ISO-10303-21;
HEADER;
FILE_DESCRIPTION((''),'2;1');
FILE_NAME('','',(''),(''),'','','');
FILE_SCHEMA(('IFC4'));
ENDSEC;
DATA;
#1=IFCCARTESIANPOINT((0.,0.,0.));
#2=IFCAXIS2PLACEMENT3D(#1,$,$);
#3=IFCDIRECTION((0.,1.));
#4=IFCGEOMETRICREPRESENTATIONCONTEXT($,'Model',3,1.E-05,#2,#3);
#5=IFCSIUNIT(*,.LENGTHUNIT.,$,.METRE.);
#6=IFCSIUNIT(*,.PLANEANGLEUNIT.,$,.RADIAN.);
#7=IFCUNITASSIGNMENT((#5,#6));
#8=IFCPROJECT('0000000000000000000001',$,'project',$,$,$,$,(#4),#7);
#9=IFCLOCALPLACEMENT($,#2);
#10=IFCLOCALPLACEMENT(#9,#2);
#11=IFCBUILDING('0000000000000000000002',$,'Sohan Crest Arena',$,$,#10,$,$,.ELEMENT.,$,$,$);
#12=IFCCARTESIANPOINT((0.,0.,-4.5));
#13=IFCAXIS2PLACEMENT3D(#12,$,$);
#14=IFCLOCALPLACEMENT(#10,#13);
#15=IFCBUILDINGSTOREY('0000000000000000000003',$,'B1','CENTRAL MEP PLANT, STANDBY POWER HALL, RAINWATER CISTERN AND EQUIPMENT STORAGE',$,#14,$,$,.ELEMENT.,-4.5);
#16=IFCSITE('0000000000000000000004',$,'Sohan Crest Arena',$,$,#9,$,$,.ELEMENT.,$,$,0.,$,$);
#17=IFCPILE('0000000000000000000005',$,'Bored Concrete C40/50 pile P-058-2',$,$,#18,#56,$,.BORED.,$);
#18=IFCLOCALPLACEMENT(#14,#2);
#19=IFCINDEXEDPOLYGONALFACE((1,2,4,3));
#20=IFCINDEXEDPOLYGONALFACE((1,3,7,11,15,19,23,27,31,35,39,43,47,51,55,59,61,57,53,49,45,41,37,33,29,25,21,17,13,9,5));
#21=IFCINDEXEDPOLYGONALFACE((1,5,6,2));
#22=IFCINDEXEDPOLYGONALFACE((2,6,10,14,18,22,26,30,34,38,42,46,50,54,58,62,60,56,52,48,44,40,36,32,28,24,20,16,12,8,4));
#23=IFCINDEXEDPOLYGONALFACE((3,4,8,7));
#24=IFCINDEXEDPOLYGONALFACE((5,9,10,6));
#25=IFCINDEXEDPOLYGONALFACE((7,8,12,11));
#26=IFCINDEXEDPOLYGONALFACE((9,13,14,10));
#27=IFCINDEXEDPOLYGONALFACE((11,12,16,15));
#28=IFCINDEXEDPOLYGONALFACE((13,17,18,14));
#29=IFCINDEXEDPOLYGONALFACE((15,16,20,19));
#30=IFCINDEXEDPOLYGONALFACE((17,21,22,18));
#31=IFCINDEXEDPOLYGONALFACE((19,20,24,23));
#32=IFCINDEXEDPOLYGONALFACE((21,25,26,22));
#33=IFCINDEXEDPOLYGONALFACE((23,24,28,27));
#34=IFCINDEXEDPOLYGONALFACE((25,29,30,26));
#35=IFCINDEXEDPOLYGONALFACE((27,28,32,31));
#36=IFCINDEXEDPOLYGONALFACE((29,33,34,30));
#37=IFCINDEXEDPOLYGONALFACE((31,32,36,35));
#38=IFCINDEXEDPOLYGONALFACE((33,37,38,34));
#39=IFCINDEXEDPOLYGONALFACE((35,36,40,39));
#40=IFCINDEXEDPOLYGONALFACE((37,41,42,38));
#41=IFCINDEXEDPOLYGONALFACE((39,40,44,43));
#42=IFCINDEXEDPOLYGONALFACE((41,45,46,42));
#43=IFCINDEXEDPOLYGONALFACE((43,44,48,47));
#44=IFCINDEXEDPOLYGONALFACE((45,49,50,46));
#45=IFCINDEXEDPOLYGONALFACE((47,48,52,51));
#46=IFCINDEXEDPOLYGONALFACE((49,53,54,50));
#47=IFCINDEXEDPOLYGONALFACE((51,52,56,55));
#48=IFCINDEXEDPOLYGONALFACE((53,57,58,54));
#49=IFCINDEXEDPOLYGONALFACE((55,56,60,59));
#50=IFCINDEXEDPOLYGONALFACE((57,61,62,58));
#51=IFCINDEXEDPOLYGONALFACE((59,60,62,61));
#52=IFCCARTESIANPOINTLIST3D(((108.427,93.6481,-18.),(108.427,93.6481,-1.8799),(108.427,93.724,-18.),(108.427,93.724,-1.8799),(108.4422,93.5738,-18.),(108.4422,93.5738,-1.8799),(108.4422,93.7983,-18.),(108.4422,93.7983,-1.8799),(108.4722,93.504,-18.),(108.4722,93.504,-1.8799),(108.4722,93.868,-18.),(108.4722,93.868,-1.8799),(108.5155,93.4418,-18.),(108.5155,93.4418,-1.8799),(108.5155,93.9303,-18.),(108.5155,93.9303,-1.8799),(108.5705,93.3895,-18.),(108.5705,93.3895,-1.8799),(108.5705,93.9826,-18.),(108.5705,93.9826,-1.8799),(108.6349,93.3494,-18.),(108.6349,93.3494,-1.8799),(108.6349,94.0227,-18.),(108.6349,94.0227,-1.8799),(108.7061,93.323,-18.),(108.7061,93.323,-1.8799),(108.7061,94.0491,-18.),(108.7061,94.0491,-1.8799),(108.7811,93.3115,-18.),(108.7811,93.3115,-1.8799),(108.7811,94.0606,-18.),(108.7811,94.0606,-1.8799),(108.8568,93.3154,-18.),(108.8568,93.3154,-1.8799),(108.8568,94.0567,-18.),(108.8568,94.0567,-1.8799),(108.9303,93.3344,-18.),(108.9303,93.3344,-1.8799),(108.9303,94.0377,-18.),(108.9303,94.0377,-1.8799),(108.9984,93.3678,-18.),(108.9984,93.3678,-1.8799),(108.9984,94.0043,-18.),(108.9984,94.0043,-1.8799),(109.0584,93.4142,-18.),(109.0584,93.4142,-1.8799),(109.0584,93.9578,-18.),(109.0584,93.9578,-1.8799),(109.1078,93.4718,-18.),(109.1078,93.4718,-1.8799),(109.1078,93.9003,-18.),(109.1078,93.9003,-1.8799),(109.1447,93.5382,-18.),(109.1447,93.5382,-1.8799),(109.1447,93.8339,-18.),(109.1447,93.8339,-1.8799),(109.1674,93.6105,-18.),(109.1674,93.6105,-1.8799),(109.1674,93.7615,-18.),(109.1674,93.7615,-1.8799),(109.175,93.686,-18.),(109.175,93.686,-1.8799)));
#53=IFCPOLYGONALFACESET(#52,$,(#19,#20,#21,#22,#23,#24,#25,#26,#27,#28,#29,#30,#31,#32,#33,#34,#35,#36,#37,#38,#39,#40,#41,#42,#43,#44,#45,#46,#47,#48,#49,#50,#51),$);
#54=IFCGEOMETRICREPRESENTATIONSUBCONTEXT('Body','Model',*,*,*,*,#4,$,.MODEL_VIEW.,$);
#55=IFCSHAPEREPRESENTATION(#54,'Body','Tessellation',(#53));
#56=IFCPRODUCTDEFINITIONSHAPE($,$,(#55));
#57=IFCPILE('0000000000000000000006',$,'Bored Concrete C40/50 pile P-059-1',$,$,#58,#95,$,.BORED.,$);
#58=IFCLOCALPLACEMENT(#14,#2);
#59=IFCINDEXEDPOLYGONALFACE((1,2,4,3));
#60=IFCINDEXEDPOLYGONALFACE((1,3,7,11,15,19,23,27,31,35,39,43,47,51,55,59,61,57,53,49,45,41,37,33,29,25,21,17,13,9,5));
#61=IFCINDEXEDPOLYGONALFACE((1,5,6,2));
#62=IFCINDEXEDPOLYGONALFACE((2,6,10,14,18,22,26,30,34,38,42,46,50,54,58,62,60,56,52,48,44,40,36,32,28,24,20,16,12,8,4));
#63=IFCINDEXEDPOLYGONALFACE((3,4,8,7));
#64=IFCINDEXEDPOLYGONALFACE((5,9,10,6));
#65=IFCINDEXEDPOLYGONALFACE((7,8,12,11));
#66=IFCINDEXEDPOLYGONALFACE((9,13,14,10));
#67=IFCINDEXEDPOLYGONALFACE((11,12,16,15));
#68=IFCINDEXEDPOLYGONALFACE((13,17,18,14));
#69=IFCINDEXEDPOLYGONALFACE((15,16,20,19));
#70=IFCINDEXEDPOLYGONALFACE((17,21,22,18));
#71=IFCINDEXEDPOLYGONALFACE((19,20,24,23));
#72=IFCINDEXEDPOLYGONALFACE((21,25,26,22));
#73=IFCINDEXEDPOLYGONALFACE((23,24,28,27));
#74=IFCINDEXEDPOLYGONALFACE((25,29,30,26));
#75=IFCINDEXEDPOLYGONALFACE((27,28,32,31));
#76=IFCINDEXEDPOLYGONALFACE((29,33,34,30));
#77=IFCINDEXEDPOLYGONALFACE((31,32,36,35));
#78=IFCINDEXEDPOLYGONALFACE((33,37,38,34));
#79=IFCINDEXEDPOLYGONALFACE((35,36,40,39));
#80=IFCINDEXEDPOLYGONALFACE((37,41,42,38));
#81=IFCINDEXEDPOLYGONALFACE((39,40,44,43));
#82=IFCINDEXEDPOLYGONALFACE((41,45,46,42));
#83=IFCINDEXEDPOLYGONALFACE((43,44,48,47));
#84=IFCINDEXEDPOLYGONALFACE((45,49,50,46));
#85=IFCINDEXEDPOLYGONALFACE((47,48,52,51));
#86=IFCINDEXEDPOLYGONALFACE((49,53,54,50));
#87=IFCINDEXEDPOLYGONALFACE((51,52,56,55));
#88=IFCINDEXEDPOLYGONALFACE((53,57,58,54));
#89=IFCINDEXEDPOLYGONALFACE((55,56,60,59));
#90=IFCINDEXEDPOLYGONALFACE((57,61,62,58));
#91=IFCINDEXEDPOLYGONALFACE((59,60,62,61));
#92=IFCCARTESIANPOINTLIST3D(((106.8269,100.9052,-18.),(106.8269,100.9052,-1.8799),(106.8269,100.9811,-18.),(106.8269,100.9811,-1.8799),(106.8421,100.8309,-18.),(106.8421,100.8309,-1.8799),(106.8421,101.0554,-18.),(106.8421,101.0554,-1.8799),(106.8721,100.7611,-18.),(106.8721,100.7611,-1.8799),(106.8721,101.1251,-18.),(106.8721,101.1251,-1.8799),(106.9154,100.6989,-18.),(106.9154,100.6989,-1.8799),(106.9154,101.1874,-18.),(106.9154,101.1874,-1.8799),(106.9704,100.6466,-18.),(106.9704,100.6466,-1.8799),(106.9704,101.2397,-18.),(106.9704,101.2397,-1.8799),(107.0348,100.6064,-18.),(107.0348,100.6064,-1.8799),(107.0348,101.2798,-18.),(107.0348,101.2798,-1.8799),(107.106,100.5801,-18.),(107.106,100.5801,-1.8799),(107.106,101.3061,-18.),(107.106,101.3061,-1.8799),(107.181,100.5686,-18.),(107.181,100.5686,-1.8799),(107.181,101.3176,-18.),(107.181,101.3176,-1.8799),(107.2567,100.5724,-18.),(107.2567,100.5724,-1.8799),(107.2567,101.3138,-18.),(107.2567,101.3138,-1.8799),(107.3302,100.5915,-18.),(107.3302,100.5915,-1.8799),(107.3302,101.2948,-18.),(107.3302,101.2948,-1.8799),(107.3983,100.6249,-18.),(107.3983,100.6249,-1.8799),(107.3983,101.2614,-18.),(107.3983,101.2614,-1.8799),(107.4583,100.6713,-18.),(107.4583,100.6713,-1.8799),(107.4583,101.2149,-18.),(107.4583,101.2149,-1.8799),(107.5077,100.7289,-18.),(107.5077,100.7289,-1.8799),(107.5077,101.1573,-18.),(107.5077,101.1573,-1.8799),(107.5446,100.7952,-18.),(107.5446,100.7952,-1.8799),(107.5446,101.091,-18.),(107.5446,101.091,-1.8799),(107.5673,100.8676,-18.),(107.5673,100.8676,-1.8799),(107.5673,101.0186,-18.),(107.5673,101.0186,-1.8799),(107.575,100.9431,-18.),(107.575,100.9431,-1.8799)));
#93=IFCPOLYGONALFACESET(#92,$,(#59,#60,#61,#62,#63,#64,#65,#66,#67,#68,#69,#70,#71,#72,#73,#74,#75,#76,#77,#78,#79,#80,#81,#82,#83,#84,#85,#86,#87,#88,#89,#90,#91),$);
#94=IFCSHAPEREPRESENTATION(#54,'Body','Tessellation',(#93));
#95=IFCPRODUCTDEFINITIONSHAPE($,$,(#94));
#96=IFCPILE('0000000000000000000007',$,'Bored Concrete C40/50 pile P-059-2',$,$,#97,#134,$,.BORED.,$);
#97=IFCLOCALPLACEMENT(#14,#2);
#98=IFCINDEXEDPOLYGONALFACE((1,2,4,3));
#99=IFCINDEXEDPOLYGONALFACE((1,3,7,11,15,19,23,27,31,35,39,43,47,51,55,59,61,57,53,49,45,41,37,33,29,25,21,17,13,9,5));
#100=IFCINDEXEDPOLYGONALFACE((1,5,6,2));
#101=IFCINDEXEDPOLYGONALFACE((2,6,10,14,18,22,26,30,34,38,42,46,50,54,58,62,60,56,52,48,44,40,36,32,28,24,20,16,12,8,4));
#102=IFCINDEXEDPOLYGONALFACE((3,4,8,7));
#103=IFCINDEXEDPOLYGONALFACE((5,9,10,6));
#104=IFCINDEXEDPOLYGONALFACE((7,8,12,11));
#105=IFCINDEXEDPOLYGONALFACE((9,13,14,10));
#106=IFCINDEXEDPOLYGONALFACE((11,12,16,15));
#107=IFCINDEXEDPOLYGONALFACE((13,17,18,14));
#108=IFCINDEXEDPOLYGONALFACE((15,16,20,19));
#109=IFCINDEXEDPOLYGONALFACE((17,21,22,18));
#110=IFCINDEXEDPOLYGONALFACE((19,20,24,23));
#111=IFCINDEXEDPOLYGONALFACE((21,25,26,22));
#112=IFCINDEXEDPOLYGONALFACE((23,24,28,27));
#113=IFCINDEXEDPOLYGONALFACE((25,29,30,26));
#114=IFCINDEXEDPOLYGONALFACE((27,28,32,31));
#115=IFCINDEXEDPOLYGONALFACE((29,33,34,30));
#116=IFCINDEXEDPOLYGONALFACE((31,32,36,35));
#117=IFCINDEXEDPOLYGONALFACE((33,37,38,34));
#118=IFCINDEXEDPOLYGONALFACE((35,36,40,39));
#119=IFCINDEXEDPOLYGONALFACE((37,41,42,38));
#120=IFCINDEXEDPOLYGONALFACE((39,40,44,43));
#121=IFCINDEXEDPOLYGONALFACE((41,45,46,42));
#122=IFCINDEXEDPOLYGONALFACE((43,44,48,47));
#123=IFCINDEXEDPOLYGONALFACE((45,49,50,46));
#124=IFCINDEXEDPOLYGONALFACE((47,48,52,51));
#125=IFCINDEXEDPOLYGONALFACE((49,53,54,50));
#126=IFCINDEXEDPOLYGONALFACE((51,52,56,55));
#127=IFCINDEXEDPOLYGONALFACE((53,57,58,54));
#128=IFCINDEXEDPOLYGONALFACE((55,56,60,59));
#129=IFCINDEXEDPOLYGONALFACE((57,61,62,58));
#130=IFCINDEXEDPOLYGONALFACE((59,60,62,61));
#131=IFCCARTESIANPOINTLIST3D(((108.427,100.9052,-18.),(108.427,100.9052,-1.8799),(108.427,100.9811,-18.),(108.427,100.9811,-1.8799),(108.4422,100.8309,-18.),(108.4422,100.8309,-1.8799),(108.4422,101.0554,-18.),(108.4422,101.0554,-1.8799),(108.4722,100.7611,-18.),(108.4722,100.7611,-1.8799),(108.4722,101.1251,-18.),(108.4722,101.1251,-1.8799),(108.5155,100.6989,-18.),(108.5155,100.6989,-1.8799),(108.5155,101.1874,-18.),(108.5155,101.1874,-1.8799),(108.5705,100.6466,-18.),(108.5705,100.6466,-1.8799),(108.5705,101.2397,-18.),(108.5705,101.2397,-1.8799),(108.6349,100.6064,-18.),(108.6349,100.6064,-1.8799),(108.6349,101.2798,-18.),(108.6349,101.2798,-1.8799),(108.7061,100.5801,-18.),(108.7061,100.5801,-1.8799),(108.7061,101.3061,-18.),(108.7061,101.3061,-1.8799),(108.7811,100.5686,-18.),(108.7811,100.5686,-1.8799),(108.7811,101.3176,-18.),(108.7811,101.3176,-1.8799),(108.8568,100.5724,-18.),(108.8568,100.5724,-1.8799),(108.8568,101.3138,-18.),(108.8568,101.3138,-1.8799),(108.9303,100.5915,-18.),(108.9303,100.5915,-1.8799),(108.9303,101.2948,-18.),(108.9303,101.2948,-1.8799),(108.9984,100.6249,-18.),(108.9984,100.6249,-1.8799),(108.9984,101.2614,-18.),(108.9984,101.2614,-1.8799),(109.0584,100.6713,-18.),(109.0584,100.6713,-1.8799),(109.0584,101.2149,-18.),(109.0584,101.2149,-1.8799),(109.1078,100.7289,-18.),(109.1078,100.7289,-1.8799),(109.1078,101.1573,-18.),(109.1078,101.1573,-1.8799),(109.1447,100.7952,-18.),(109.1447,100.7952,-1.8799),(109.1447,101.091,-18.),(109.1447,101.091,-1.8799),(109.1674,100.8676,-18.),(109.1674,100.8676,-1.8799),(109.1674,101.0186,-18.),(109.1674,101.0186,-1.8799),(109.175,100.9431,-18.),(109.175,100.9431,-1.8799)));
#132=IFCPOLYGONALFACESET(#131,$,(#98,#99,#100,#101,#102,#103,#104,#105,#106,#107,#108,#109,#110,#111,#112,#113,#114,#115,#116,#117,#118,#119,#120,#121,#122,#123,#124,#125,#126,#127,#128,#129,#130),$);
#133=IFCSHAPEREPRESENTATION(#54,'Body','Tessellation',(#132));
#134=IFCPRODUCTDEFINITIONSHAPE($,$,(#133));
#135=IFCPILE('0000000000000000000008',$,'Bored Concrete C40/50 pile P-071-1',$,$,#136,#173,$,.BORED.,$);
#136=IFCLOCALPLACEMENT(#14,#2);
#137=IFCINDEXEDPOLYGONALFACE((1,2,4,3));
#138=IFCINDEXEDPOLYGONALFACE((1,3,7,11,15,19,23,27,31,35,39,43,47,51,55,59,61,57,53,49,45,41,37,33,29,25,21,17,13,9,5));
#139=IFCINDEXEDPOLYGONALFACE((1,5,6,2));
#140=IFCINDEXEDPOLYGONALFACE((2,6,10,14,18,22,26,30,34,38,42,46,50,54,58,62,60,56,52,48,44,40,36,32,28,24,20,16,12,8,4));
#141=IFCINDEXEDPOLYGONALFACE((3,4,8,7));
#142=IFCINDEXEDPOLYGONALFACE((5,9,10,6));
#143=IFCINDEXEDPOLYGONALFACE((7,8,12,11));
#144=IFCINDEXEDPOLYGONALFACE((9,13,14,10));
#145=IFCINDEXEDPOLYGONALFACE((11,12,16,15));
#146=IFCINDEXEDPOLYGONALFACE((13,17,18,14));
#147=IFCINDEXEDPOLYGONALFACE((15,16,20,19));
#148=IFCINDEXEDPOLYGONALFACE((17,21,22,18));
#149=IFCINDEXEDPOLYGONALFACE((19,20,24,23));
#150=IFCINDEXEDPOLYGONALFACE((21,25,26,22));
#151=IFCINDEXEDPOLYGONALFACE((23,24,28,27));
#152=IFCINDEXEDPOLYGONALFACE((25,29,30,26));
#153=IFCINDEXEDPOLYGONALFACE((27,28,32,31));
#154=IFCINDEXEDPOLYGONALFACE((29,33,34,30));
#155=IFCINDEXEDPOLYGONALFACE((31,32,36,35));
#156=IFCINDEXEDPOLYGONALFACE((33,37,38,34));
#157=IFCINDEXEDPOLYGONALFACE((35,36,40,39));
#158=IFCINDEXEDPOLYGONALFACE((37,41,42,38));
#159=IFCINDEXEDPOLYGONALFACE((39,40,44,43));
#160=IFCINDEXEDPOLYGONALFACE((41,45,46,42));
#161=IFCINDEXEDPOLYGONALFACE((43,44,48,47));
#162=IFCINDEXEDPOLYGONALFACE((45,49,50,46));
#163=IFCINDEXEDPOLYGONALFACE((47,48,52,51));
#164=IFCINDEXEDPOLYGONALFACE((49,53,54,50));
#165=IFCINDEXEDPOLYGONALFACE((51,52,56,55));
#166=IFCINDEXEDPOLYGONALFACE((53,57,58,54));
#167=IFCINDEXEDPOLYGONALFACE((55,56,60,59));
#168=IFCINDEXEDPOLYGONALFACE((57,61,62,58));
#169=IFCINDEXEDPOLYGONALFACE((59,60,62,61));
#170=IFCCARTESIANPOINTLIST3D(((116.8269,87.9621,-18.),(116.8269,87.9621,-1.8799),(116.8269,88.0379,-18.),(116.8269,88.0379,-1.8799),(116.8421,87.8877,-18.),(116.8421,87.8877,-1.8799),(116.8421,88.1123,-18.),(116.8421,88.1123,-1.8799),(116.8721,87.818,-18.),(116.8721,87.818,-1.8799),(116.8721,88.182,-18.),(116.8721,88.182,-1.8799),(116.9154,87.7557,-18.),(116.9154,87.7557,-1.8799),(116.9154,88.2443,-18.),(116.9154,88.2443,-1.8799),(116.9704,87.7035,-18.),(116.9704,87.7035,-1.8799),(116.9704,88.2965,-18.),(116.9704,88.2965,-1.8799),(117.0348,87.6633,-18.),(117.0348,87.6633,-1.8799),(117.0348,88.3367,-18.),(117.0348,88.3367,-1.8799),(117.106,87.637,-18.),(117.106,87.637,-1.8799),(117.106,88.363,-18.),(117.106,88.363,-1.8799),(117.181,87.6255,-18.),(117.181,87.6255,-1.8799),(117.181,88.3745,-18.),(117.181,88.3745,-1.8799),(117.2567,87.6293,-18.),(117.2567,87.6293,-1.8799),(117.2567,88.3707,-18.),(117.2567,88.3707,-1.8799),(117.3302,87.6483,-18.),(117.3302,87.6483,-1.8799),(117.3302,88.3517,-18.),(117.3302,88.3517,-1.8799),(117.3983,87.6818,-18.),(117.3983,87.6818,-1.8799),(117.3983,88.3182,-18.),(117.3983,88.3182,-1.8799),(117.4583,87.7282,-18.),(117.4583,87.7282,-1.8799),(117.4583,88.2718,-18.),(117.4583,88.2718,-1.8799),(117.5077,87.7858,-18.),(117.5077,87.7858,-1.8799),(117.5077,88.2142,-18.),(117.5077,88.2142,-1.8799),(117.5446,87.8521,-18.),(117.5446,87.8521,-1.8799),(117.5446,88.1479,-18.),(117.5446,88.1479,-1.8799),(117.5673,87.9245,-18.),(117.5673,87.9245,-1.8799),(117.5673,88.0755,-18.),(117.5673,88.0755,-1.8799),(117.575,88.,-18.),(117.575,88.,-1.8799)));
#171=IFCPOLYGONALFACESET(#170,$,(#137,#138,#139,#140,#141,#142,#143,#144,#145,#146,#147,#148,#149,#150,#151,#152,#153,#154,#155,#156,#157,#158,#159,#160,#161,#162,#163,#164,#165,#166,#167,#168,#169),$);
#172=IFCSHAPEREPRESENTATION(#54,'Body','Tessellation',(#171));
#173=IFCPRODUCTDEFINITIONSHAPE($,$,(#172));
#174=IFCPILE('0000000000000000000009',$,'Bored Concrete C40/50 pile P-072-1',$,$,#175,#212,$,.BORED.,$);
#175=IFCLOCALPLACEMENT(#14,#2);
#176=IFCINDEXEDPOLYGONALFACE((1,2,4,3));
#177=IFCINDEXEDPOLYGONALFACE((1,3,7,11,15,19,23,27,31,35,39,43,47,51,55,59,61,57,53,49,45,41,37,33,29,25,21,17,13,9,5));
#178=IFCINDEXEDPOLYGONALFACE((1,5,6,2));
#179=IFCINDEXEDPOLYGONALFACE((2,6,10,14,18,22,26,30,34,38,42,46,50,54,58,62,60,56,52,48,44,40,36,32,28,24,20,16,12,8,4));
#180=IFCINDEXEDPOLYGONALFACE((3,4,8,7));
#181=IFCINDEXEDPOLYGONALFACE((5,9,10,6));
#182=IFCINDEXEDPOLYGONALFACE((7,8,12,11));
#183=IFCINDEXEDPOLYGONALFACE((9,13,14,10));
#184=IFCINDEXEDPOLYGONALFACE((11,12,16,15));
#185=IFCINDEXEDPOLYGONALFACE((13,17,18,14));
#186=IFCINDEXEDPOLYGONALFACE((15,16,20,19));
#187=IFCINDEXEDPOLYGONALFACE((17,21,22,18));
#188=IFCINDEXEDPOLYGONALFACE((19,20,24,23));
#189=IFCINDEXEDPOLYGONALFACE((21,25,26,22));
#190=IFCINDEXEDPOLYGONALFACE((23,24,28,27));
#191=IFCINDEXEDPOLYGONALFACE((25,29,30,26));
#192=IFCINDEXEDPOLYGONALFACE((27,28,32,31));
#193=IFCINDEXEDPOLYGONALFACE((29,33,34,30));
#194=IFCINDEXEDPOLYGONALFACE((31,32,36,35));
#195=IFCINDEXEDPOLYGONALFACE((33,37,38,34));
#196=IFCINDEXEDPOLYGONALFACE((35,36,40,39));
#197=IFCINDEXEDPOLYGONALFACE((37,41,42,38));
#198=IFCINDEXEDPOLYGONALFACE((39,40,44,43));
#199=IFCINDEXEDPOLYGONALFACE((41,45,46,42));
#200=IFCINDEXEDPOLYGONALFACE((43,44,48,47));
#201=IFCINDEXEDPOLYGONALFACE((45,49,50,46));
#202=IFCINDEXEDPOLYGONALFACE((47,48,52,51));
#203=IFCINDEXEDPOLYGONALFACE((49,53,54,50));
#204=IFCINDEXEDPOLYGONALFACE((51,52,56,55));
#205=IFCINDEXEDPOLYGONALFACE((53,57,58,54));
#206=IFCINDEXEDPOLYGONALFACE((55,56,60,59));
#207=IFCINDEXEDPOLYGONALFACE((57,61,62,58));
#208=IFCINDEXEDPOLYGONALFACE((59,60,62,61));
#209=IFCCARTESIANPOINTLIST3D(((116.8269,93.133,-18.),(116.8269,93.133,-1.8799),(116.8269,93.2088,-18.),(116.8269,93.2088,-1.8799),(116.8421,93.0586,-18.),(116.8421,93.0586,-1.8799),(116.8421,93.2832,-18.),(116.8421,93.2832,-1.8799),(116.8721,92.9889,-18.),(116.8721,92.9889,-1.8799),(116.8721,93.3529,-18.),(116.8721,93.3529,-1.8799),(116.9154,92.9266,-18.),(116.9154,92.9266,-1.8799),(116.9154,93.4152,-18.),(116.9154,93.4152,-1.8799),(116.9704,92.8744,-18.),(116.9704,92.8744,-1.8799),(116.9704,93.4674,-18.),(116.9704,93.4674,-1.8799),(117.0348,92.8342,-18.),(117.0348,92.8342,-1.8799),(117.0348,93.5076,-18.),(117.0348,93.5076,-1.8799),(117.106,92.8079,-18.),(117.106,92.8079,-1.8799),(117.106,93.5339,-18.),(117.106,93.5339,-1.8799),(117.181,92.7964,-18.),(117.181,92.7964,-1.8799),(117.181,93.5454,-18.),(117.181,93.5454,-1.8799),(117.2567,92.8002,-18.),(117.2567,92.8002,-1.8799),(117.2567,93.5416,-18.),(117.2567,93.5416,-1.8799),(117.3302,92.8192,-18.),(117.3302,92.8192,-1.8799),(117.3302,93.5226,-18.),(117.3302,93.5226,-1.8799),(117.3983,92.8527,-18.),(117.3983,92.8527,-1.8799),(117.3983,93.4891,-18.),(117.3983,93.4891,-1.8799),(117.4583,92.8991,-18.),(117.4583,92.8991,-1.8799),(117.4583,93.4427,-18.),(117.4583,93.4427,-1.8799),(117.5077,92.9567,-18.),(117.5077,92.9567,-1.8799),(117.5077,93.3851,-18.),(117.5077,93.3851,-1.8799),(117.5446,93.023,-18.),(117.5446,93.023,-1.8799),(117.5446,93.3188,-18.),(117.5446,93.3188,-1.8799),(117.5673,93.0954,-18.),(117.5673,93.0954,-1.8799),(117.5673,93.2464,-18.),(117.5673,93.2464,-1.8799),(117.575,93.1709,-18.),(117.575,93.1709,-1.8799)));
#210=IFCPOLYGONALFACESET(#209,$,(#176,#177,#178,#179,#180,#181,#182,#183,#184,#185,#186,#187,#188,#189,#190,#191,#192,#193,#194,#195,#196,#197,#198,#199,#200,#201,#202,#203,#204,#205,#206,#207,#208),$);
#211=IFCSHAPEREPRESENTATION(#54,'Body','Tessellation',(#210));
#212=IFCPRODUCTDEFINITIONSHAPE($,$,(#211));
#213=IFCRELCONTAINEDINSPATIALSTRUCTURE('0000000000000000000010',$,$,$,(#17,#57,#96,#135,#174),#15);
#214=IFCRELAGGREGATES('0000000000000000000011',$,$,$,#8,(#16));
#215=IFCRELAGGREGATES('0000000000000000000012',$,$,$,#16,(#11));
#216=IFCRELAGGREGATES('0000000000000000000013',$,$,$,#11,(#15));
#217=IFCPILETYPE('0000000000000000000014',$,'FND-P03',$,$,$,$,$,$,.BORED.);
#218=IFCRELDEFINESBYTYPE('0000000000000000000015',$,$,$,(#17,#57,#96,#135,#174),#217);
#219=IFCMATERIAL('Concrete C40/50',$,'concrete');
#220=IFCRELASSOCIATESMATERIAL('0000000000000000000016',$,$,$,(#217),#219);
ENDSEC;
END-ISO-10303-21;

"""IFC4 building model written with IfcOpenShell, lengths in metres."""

from ifc_helpers import new_model, si_unit, direction, frame, origin, origin_2d, place, context, subcontext, project, spatial, circle, extrude, material, material_profile, profile_set, type_object, element, save


model = new_model("IFC4")

# Units and contexts
model_context = context("Model", 3, precision=1e-05, world=origin(), true_north=direction((0.0, 1.0)))
body_context = subcontext(model_context, "Body", "Model", "MODEL_VIEW")
ifc_project = project(units=[si_unit("LENGTHUNIT", "METRE"), si_unit("PLANEANGLEUNIT", "RADIAN")], contexts=[model_context])

# Site, building, storey
site_placement = place(None, origin())
site = spatial("IfcSite", under=ifc_project, at=site_placement, Name="Sohan Crest Arena", CompositionType="ELEMENT", RefElevation=0.0)
building_placement = place(site_placement, origin())
building = spatial("IfcBuilding", under=site, at=building_placement, Name="Sohan Crest Arena", CompositionType="ELEMENT")
storey_placement = place(building_placement, frame((0.0, 0.0, -4.5)))
storey = spatial("IfcBuildingStorey", under=building, at=storey_placement, Name="B1", Description="CENTRAL MEP PLANT, STANDBY POWER HALL, RAINWATER CISTERN AND EQUIPMENT STORAGE", CompositionType="ELEMENT", Elevation=-4.5)

# Shared definitions
ifc_material = material(Name="Concrete C40/50", Category="concrete")

# Piles
ifc_material_profile_1 = material_profile(ifc_material, circle(Radius=0.375, at=origin_2d()), Name="PILE D750")
ifc_profile_set_1 = profile_set([ifc_material_profile_1], Name="Concrete C40/50")
pile_type = type_object("IfcPileType", Name="FND-P03", PredefinedType="BORED", material=ifc_profile_set_1)
for number, where, z_axis, x_axis, name in (
    (1, (108.8, 93.686, -18.0), (0.0, 0.0, 1.0), (1.0, 0.0, 0.0), "Bored Concrete C40/50 pile P-058-2"),
    (2, (107.2, 100.9431, -18.0), (0.0, 0.0, 1.0), (1.0, 0.0, 0.0), "Bored Concrete C40/50 pile P-059-1"),
    (3, (108.8, 100.9431, -18.0), (0.0, 0.0, 1.0), (1.0, 0.0, 0.0), "Bored Concrete C40/50 pile P-059-2"),
    (4, (117.2, 88.0, -18.0), (0.0, 0.0, 1.0), (1.0, 0.0, 0.0), "Bored Concrete C40/50 pile P-071-1"),
    (5, (117.2, 93.1709, -18.0), (0.0, 0.0, 1.0), (1.0, 0.0, 0.0), "Bored Concrete C40/50 pile P-072-1"),
):
    element("IfcPile", number, at=place(storey_placement, frame(where, z_axis=z_axis, x_axis=x_axis)), inside=storey, type_object=pile_type, Name=name, PredefinedType="BORED", context=body_context, shape_type="SweptSolid", body=[
        extrude(circle(Radius=0.375, at=origin_2d()), origin(), (0.0, 0.0, 1.0), 16.1201),
    ])

save(model, "model.ifc")
